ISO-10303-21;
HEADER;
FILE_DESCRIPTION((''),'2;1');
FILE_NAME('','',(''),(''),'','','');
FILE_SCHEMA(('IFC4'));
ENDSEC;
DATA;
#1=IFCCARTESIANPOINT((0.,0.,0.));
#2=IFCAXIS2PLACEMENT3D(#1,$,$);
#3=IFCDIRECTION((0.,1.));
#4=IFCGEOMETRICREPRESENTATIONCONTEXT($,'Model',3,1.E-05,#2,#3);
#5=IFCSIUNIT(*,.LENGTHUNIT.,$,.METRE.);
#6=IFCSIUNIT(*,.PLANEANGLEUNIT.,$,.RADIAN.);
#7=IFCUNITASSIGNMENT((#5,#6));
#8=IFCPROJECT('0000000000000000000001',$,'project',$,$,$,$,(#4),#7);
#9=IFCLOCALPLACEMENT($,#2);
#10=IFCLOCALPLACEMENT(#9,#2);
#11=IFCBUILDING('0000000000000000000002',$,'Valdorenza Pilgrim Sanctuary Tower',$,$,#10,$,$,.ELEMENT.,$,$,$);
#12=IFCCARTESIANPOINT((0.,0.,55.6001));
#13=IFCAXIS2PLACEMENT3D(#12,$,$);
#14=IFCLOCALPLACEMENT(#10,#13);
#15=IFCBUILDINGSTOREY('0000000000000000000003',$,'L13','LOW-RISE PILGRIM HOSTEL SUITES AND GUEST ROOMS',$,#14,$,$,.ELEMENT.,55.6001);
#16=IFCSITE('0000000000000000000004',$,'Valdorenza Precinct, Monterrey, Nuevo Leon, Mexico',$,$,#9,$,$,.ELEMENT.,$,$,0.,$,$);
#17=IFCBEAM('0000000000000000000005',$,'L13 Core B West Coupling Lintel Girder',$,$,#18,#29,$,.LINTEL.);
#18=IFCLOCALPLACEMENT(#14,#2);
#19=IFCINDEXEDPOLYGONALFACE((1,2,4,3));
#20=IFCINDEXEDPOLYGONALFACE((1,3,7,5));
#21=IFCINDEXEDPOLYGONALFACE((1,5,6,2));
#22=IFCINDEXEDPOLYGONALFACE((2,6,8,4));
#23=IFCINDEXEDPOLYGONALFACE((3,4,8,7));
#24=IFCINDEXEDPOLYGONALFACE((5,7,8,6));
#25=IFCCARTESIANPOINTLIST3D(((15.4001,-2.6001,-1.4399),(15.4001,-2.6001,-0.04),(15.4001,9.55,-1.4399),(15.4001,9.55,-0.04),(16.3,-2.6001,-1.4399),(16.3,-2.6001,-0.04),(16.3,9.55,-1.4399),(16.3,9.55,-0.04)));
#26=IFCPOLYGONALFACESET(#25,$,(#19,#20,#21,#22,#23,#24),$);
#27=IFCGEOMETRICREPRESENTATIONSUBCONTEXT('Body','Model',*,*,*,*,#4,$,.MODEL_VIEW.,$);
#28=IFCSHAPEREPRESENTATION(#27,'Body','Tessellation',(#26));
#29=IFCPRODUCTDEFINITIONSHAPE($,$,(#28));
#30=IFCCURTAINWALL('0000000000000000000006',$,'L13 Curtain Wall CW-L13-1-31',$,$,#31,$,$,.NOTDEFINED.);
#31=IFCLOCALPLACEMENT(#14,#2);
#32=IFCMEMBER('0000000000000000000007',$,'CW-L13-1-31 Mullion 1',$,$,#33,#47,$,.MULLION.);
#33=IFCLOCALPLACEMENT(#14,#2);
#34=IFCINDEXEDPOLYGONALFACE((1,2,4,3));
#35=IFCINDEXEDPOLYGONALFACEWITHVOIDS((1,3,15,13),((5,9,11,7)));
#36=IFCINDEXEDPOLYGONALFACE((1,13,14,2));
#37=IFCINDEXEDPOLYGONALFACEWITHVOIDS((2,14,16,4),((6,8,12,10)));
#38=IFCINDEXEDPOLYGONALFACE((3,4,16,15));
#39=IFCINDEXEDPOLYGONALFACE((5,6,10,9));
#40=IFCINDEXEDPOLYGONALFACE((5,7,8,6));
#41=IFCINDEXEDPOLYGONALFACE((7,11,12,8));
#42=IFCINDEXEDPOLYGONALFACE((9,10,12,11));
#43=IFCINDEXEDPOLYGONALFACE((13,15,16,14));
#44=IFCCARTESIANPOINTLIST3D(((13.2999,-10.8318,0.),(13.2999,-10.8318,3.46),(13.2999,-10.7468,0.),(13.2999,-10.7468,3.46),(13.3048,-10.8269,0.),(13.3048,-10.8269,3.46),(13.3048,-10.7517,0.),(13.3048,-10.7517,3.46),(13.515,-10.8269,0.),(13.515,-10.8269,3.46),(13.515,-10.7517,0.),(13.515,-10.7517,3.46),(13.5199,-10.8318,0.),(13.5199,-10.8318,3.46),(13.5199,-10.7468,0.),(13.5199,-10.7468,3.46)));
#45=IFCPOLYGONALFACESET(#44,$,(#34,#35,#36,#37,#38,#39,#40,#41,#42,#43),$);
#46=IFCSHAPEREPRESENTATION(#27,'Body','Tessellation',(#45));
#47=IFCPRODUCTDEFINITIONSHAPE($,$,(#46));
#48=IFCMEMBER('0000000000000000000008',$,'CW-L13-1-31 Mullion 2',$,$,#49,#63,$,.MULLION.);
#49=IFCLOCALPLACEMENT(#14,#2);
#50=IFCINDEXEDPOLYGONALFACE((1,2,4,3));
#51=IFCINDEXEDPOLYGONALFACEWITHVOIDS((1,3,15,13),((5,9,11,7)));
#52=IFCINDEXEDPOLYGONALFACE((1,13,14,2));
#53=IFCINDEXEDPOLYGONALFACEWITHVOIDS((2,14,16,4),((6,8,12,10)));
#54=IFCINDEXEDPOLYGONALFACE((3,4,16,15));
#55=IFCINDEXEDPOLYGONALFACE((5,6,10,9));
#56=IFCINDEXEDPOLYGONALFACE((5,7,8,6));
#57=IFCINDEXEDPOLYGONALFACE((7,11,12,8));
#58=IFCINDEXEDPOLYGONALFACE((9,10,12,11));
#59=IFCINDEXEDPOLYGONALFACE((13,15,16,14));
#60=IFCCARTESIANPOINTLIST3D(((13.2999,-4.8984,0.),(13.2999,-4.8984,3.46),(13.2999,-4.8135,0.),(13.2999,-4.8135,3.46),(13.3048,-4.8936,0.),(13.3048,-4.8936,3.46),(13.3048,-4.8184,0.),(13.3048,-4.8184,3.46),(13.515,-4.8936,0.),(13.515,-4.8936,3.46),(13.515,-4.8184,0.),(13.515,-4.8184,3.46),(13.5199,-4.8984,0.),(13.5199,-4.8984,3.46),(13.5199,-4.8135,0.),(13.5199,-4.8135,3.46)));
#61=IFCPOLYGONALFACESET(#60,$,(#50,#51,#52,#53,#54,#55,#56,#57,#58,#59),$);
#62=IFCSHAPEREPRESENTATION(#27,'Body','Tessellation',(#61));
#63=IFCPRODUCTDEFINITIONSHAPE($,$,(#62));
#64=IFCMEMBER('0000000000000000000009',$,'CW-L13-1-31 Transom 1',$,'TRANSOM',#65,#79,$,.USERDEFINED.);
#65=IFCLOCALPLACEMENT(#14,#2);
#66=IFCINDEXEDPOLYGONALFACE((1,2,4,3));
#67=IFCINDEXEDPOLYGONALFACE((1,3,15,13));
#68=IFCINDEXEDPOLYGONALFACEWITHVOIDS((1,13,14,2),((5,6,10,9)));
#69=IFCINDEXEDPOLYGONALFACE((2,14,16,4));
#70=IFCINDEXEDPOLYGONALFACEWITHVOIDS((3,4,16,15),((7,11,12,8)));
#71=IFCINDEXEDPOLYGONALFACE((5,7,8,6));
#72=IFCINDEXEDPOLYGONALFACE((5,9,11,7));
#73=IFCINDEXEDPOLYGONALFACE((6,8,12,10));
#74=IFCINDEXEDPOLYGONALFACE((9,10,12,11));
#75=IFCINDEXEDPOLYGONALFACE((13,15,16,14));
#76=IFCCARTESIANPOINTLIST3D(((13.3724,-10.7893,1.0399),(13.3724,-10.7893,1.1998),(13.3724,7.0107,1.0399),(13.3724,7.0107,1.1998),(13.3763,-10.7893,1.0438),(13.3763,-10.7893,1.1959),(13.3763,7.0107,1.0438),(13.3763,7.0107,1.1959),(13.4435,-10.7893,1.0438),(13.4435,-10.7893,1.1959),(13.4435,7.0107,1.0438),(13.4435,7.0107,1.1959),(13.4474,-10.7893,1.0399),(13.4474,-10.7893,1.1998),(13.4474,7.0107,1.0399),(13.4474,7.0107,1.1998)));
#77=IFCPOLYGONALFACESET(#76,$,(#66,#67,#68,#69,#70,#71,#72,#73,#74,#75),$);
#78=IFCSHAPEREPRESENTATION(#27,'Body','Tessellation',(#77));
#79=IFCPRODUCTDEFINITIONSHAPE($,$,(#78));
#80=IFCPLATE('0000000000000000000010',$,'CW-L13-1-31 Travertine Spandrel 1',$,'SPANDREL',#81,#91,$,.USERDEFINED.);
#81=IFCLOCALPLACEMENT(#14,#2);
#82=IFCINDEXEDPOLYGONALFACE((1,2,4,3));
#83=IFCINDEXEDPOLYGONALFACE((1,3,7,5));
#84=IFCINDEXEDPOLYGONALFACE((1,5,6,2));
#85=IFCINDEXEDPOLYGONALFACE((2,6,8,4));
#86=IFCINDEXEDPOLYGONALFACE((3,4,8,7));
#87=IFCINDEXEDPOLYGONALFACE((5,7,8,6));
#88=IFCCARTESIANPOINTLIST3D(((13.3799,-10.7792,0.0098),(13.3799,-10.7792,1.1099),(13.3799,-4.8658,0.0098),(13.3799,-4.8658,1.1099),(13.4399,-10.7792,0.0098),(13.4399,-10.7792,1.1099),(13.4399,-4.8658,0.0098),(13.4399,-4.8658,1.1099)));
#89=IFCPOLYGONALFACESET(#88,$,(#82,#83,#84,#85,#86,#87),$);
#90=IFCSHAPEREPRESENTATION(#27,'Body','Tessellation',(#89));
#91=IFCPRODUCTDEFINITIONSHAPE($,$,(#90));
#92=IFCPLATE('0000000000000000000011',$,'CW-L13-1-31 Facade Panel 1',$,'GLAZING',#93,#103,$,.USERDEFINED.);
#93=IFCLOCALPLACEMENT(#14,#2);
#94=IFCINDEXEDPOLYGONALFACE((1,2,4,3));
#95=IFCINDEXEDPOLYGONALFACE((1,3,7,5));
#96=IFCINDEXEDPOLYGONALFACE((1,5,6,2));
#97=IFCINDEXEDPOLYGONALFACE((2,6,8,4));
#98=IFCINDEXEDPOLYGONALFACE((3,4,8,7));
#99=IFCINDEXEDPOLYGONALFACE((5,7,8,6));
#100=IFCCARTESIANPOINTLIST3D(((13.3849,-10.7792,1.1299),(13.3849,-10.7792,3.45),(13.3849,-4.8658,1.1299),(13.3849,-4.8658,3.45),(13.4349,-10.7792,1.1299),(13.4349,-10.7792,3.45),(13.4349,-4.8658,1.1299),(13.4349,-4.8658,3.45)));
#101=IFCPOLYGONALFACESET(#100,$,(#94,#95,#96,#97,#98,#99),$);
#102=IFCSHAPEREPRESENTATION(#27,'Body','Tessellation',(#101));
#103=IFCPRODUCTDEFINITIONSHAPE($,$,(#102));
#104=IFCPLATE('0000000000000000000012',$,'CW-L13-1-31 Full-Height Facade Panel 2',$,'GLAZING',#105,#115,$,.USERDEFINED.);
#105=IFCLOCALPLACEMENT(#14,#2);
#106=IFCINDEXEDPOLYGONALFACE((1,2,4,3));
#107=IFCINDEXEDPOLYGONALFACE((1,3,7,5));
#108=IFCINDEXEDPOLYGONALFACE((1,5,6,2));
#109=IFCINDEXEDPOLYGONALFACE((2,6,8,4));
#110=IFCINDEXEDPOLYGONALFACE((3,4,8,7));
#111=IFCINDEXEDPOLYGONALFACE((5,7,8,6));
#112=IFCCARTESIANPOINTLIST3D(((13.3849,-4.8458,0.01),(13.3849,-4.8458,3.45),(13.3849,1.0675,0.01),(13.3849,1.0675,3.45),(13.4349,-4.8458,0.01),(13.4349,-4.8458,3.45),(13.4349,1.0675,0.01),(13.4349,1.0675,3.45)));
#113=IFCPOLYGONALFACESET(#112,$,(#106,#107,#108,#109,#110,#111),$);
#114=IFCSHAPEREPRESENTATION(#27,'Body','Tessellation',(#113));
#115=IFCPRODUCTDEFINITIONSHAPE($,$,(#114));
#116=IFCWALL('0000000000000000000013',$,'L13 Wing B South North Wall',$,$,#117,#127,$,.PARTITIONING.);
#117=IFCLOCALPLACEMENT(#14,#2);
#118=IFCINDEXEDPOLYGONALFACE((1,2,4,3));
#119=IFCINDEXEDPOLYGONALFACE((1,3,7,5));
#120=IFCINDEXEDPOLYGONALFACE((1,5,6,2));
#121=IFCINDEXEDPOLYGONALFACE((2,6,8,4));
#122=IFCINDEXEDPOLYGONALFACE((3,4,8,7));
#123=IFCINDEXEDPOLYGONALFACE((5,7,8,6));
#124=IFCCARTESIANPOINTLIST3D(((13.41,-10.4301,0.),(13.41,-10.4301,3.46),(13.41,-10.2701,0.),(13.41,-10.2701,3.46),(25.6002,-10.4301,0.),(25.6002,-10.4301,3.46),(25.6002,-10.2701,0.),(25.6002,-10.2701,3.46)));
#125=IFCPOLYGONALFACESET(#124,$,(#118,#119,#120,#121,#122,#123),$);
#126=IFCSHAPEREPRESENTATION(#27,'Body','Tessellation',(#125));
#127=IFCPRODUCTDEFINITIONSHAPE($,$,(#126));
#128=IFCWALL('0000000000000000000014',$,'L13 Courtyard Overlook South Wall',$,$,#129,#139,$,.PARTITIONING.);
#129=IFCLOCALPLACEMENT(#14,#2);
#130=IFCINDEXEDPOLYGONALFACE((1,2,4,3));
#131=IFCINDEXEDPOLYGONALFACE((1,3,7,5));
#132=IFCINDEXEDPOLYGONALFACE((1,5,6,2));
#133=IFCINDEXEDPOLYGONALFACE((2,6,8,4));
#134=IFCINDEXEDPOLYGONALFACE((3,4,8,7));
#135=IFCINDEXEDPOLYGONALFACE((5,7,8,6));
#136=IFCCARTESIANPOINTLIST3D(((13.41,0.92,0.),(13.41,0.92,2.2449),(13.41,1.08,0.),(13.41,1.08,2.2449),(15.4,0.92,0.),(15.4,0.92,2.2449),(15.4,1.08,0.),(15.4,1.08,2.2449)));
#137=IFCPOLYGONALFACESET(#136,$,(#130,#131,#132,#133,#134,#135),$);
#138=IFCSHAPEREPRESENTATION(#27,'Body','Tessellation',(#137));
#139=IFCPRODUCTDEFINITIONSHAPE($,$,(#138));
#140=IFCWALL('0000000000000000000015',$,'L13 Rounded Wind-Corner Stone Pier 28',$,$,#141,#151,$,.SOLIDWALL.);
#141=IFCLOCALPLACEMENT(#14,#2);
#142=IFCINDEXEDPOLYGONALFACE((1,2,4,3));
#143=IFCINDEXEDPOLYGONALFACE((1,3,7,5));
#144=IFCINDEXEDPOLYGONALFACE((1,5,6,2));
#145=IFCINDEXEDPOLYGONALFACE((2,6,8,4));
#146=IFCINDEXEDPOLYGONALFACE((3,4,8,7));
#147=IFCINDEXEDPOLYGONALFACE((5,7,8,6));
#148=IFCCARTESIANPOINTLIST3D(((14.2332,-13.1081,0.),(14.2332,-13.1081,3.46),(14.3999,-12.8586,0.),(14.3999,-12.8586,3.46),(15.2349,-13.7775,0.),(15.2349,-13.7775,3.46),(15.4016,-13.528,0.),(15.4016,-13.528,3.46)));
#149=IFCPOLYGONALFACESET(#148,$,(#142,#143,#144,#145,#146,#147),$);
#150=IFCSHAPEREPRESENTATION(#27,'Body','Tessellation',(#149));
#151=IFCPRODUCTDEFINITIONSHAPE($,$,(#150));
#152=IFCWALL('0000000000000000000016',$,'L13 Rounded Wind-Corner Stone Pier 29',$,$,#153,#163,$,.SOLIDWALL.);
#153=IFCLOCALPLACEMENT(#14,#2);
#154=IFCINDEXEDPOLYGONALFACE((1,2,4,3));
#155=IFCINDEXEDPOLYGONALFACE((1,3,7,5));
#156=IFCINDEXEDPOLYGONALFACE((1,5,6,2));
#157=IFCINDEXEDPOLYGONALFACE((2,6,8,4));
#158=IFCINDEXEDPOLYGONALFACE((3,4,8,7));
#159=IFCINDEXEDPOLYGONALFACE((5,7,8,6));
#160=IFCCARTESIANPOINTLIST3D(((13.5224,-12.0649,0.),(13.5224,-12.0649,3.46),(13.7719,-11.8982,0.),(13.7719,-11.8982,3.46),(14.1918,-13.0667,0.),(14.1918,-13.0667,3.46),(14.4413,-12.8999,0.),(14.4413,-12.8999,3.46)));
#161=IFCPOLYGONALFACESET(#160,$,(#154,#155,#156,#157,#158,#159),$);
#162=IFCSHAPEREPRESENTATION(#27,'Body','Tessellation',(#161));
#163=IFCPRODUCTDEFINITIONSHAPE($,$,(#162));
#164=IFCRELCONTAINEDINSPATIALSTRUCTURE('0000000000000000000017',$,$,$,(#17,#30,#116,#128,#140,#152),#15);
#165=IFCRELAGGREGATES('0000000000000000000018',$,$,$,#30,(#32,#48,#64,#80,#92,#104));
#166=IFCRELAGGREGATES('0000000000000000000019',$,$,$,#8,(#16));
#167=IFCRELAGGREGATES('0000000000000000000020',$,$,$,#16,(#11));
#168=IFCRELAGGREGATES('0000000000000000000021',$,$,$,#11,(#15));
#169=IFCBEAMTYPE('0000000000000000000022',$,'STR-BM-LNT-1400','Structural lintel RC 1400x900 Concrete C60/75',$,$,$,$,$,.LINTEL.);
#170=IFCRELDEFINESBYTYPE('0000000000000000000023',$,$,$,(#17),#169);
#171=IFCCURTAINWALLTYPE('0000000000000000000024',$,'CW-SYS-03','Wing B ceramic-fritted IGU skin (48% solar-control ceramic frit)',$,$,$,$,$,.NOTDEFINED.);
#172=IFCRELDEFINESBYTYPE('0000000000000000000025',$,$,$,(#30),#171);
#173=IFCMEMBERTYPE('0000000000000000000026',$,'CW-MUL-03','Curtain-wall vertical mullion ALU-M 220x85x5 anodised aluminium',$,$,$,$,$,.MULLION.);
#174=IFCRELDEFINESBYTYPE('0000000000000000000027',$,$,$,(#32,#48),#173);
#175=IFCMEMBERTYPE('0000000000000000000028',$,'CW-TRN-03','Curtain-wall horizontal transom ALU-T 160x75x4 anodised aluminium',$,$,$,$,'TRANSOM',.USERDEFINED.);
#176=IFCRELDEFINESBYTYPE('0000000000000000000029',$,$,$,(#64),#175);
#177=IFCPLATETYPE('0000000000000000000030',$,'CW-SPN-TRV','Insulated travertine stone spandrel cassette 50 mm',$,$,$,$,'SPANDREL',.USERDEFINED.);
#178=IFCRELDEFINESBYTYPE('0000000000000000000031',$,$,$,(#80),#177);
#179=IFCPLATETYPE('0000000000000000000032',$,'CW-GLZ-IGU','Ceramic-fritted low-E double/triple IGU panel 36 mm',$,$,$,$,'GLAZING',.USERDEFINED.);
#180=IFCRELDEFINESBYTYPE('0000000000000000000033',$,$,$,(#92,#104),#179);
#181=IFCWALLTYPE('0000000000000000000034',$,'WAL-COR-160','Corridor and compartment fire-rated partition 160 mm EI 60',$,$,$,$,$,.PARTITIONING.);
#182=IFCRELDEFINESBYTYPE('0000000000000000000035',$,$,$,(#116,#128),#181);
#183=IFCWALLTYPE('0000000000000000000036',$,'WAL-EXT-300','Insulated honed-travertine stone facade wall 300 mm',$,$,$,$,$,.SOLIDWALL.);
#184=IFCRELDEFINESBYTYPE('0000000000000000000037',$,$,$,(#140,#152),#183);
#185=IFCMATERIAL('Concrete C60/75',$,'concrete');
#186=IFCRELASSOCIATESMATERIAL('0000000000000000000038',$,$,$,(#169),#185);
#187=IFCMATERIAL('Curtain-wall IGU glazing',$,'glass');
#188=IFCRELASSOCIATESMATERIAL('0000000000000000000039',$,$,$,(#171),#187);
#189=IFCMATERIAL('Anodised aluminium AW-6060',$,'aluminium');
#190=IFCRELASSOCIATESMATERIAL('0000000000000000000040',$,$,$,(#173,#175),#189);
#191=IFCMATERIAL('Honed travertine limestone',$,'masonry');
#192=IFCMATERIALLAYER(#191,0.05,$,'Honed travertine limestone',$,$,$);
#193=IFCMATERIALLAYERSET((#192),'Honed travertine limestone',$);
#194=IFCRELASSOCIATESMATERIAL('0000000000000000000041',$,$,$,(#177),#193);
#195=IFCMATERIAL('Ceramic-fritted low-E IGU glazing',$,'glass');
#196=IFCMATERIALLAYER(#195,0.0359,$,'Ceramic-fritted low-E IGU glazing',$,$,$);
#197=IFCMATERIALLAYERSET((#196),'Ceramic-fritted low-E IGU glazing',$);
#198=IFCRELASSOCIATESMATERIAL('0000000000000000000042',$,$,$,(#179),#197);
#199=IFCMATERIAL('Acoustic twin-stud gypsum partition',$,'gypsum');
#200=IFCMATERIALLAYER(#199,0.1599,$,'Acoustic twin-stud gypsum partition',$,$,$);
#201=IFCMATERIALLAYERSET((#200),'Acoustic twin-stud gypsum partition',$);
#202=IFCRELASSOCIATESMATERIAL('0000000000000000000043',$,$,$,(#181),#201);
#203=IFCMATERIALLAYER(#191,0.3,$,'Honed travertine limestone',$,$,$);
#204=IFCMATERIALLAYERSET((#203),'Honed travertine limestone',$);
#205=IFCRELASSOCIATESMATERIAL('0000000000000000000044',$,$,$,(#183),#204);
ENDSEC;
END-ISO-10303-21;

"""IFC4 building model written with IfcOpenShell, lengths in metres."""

from ifc_helpers import new_model, si_unit, direction, frame, frame_2d, origin, origin_2d, place, context, subcontext, project, spatial, rectangle, hollow_rectangle, extrude, source, transform, mapped, material, layer, layer_set, material_profile, profile_set, type_object, element, aggregate, save


model = new_model("IFC4")

# Units and contexts
model_context = context("Model", 3, precision=1e-05, world=origin(), true_north=direction((0.0, 1.0)))
body_context = subcontext(model_context, "Body", "Model", "MODEL_VIEW")
ifc_project = project(units=[si_unit("LENGTHUNIT", "METRE"), si_unit("PLANEANGLEUNIT", "RADIAN")], contexts=[model_context])

# Site, building, storey
site_placement = place(None, origin())
site = spatial("IfcSite", under=ifc_project, at=site_placement, Name="Valdorenza Precinct, Monterrey, Nuevo Leon, Mexico", CompositionType="ELEMENT", RefElevation=0.0)
building_placement = place(site_placement, origin())
building = spatial("IfcBuilding", under=site, at=building_placement, Name="Valdorenza Pilgrim Sanctuary Tower", CompositionType="ELEMENT")
storey_placement = place(building_placement, frame((0.0, 0.0, 55.6001)))
storey = spatial("IfcBuildingStorey", under=building, at=storey_placement, Name="L13", Description="LOW-RISE PILGRIM HOSTEL SUITES AND GUEST ROOMS", CompositionType="ELEMENT", Elevation=55.6001)

# Beam
ifc_material_1 = material(Name="Concrete C60/75", Category="concrete")
ifc_material_profile_1 = material_profile(ifc_material_1, rectangle(XDim=0.8999, YDim=1.3999, at=origin_2d()), Name="RC 1400x900")
ifc_profile_set_1 = profile_set([ifc_material_profile_1], Name="Concrete C60/75")
beam_type = type_object("IfcBeamType", Name="STR-BM-LNT-1400", Description="Structural lintel RC 1400x900 Concrete C60/75", PredefinedType="LINTEL", material=ifc_profile_set_1)
shared_shape_1 = source(origin(), body_context, "Body", "SweptSolid", [
    extrude(rectangle(XDim=0.8999, YDim=1.3999, at=origin_2d()), origin(), (0.0, 0.0, 1.0), 12.1501),
])
beam_placement = place(storey_placement, frame((15.8501, -2.6001, -0.74), z_axis=(0.0, 1.0, 0.0), x_axis=(-1.0, 0.0, 0.0)))
element("IfcBeam", 1, at=beam_placement, inside=storey, type_object=beam_type, Name="L13 Core B West Coupling Lintel Girder", PredefinedType="LINTEL", context=body_context, shape_type="MappedRepresentation", body=[
    mapped(shared_shape_1, transform((0.0, 0.0, 0.0), x_axis=(1.0, 0.0, 0.0), y_axis=(0.0, 1.0, 0.0), z_axis=(0.0, 0.0, 1.0), scale=1.0)),
])

# Curtain wall, members, plates
ifc_material_2 = material(Name="Curtain-wall IGU glazing", Category="glass")
curtain_wall_type = type_object("IfcCurtainWallType", Name="CW-SYS-03", Description="Wing B ceramic-fritted IGU skin (48% solar-control ceramic frit)", PredefinedType="NOTDEFINED", material=ifc_material_2)
curtain_wall_placement = place(storey_placement, origin())
curtain_wall = element("IfcCurtainWall", 2, at=curtain_wall_placement, inside=storey, type_object=curtain_wall_type, Name="L13 Curtain Wall CW-L13-1-31", PredefinedType="NOTDEFINED")
ifc_material_3 = material(Name="Anodised aluminium AW-6060", Category="aluminium")
ifc_material_profile_2 = material_profile(ifc_material_3, hollow_rectangle(XDim=0.085, YDim=0.22, WallThickness=0.0049, at=origin_2d()), Name="ALU-M 220x85x5")
ifc_profile_set_2 = profile_set([ifc_material_profile_2], Name="Anodised aluminium AW-6060")
member_type_1 = type_object("IfcMemberType", Name="CW-MUL-03", Description="Curtain-wall vertical mullion ALU-M 220x85x5 anodised aluminium", PredefinedType="MULLION", material=ifc_profile_set_2)
shared_shape_2 = source(origin(), body_context, "Body", "SweptSolid", [
    extrude(hollow_rectangle(XDim=0.085, YDim=0.22, WallThickness=0.0049, at=origin_2d()), origin(), (0.0, 0.0, 1.0), 3.46),
])
member_1_placement = place(storey_placement, frame((13.4099, -10.7893, 0.0), z_axis=(0.0, 0.0, 1.0), x_axis=(0.0, 1.0, 0.0)))
member_1 = element("IfcMember", 3, at=member_1_placement, type_object=member_type_1, Name="CW-L13-1-31 Mullion 1", PredefinedType="MULLION", context=body_context, shape_type="MappedRepresentation", body=[
    mapped(shared_shape_2, transform((0.0, 0.0, 0.0), x_axis=(1.0, 0.0, 0.0), y_axis=(0.0, 1.0, 0.0), z_axis=(0.0, 0.0, 1.0), scale=1.0)),
])
member_2_placement = place(storey_placement, frame((13.4099, -4.856, 0.0), z_axis=(0.0, 0.0, 1.0), x_axis=(0.0, 1.0, 0.0)))
member_2 = element("IfcMember", 4, at=member_2_placement, type_object=member_type_1, Name="CW-L13-1-31 Mullion 2", PredefinedType="MULLION", context=body_context, shape_type="MappedRepresentation", body=[
    mapped(shared_shape_2, transform((0.0, 0.0, 0.0), x_axis=(1.0, 0.0, 0.0), y_axis=(0.0, 1.0, 0.0), z_axis=(0.0, 0.0, 1.0), scale=1.0)),
])
ifc_material_profile_3 = material_profile(ifc_material_3, hollow_rectangle(XDim=0.075, YDim=0.1599, WallThickness=0.0039, at=origin_2d()), Name="ALU-T 160x75x4")
ifc_profile_set_3 = profile_set([ifc_material_profile_3], Name="Anodised aluminium AW-6060")
member_type_2 = type_object("IfcMemberType", Name="CW-TRN-03", Description="Curtain-wall horizontal transom ALU-T 160x75x4 anodised aluminium", ElementType="TRANSOM", PredefinedType="USERDEFINED", material=ifc_profile_set_3)
shared_shape_3 = source(origin(), body_context, "Body", "SweptSolid", [
    extrude(hollow_rectangle(XDim=0.075, YDim=0.1599, WallThickness=0.0039, at=origin_2d()), origin(), (0.0, 0.0, 1.0), 17.8),
])
member_3_placement = place(storey_placement, frame((13.4099, -10.7893, 1.1199), z_axis=(0.0, 1.0, 0.0), x_axis=(-1.0, 0.0, 0.0)))
member_3 = element("IfcMember", 5, at=member_3_placement, type_object=member_type_2, Name="CW-L13-1-31 Transom 1", ObjectType="TRANSOM", PredefinedType="USERDEFINED", context=body_context, shape_type="MappedRepresentation", body=[
    mapped(shared_shape_3, transform((0.0, 0.0, 0.0), x_axis=(1.0, 0.0, 0.0), y_axis=(0.0, 1.0, 0.0), z_axis=(0.0, 0.0, 1.0), scale=1.0)),
])
ifc_material_4 = material(Name="Honed travertine limestone", Category="masonry")
ifc_layer_1 = layer(ifc_material_4, 0.05, Name="Honed travertine limestone")
ifc_layer_set_1 = layer_set([ifc_layer_1], Name="Honed travertine limestone")
plate_type_1 = type_object("IfcPlateType", Name="CW-SPN-TRV", Description="Insulated travertine stone spandrel cassette 50 mm", ElementType="SPANDREL", PredefinedType="USERDEFINED", material=ifc_layer_set_1)
shared_shape_4 = source(origin(), body_context, "Body", "SweptSolid", [
    extrude(rectangle(XDim=5.9133, YDim=0.0601, at=origin_2d()), origin(), (0.0, 0.0, 1.0), 1.1001),
])
plate_1_placement = place(storey_placement, frame((13.4099, -7.8225, 0.0098), z_axis=(0.0, 0.0, 1.0), x_axis=(0.0, 1.0, 0.0)))
plate_1 = element("IfcPlate", 6, at=plate_1_placement, type_object=plate_type_1, Name="CW-L13-1-31 Travertine Spandrel 1", ObjectType="SPANDREL", PredefinedType="USERDEFINED", context=body_context, shape_type="MappedRepresentation", body=[
    mapped(shared_shape_4, transform((0.0, 0.0, 0.0), x_axis=(1.0, 0.0, 0.0), y_axis=(0.0, 1.0, 0.0), z_axis=(0.0, 0.0, 1.0), scale=1.0)),
])
ifc_material_5 = material(Name="Ceramic-fritted low-E IGU glazing", Category="glass")
ifc_layer_2 = layer(ifc_material_5, 0.0359, Name="Ceramic-fritted low-E IGU glazing")
ifc_layer_set_2 = layer_set([ifc_layer_2], Name="Ceramic-fritted low-E IGU glazing")
plate_type_2 = type_object("IfcPlateType", Name="CW-GLZ-IGU", Description="Ceramic-fritted low-E double/triple IGU panel 36 mm", ElementType="GLAZING", PredefinedType="USERDEFINED", material=ifc_layer_set_2)
shared_shape_5 = source(origin(), body_context, "Body", "SweptSolid", [
    extrude(rectangle(XDim=5.9133, YDim=0.05, at=origin_2d()), origin(), (0.0, 0.0, 1.0), 2.3201),
])
plate_2_placement = place(storey_placement, frame((13.4099, -7.8225, 1.1299), z_axis=(0.0, 0.0, 1.0), x_axis=(0.0, 1.0, 0.0)))
plate_2 = element("IfcPlate", 7, at=plate_2_placement, type_object=plate_type_2, Name="CW-L13-1-31 Facade Panel 1", ObjectType="GLAZING", PredefinedType="USERDEFINED", context=body_context, shape_type="MappedRepresentation", body=[
    mapped(shared_shape_5, transform((0.0, 0.0, 0.0), x_axis=(1.0, 0.0, 0.0), y_axis=(0.0, 1.0, 0.0), z_axis=(0.0, 0.0, 1.0), scale=1.0)),
])
shared_shape_6 = source(origin(), body_context, "Body", "SweptSolid", [
    extrude(rectangle(XDim=5.9133, YDim=0.05, at=origin_2d()), origin(), (0.0, 0.0, 1.0), 3.4399),
])
plate_3_placement = place(storey_placement, frame((13.4099, -1.8892, 0.01), z_axis=(0.0, 0.0, 1.0), x_axis=(0.0, 1.0, 0.0)))
plate_3 = element("IfcPlate", 8, at=plate_3_placement, type_object=plate_type_2, Name="CW-L13-1-31 Full-Height Facade Panel 2", ObjectType="GLAZING", PredefinedType="USERDEFINED", context=body_context, shape_type="MappedRepresentation", body=[
    mapped(shared_shape_6, transform((0.0, 0.0, 0.0), x_axis=(1.0, 0.0, 0.0), y_axis=(0.0, 1.0, 0.0), z_axis=(0.0, 0.0, 1.0), scale=1.0)),
])
aggregate(curtain_wall, [member_1, member_2, member_3, plate_1, plate_2, plate_3])

# Walls
ifc_material_6 = material(Name="Acoustic twin-stud gypsum partition", Category="gypsum")
ifc_layer_3 = layer(ifc_material_6, 0.1599, Name="Acoustic twin-stud gypsum partition")
ifc_layer_set_3 = layer_set([ifc_layer_3], Name="Acoustic twin-stud gypsum partition")
wall_type_1 = type_object("IfcWallType", Name="WAL-COR-160", Description="Corridor and compartment fire-rated partition 160 mm EI 60", PredefinedType="PARTITIONING", material=ifc_layer_set_3)
wall_1_placement = place(storey_placement, frame((13.4099, -10.3501, 0.0), z_axis=(0.0, 0.0, 1.0), x_axis=(1.0, 0.0, 0.0)))
element("IfcWall", 9, at=wall_1_placement, inside=storey, type_object=wall_type_1, Name="L13 Wing B South North Wall", PredefinedType="PARTITIONING", context=body_context, shape_type="SweptSolid", body=[
    extrude(rectangle(XDim=12.1902, YDim=0.1599, at=frame_2d((6.0952, 0.0))), origin(), (0.0, 0.0, 1.0), 3.46),
])
wall_2_placement = place(storey_placement, frame((13.4099, 1.0, 0.0), z_axis=(0.0, 0.0, 1.0), x_axis=(1.0, 0.0, 0.0)))
element("IfcWall", 10, at=wall_2_placement, inside=storey, type_object=wall_type_1, Name="L13 Courtyard Overlook South Wall", PredefinedType="PARTITIONING", context=body_context, shape_type="SweptSolid", body=[
    extrude(rectangle(XDim=1.99, YDim=0.1599, at=frame_2d((0.9951, 0.0))), origin(), (0.0, 0.0, 1.0), 2.2449),
])
ifc_layer_4 = layer(ifc_material_4, 0.3, Name="Honed travertine limestone")
ifc_layer_set_4 = layer_set([ifc_layer_4], Name="Honed travertine limestone")
wall_type_2 = type_object("IfcWallType", Name="WAL-EXT-300", Description="Insulated honed-travertine stone facade wall 300 mm", PredefinedType="SOLIDWALL", material=ifc_layer_set_4)
for number, where, z_axis, x_axis, name in (
    (11, (15.3184, -13.6528, 0.0), (0.0, 0.0, 1.0), (-0.831426, 0.555635, 0.0), "L13 Rounded Wind-Corner Stone Pier 28"),
    (12, (14.3167, -12.9834, 0.0), (0.0, 0.0, 1.0), (-0.555635, 0.831426, 0.0), "L13 Rounded Wind-Corner Stone Pier 29"),
):
    element("IfcWall", number, at=place(storey_placement, frame(where, z_axis=z_axis, x_axis=x_axis)), inside=storey, type_object=wall_type_2, Name=name, PredefinedType="SOLIDWALL", context=body_context, shape_type="SweptSolid", body=[
        extrude(rectangle(XDim=1.2048, YDim=0.3, at=frame_2d((0.6025, 0.0))), origin(), (0.0, 0.0, 1.0), 3.46),
    ])

save(model, "model.ifc")
